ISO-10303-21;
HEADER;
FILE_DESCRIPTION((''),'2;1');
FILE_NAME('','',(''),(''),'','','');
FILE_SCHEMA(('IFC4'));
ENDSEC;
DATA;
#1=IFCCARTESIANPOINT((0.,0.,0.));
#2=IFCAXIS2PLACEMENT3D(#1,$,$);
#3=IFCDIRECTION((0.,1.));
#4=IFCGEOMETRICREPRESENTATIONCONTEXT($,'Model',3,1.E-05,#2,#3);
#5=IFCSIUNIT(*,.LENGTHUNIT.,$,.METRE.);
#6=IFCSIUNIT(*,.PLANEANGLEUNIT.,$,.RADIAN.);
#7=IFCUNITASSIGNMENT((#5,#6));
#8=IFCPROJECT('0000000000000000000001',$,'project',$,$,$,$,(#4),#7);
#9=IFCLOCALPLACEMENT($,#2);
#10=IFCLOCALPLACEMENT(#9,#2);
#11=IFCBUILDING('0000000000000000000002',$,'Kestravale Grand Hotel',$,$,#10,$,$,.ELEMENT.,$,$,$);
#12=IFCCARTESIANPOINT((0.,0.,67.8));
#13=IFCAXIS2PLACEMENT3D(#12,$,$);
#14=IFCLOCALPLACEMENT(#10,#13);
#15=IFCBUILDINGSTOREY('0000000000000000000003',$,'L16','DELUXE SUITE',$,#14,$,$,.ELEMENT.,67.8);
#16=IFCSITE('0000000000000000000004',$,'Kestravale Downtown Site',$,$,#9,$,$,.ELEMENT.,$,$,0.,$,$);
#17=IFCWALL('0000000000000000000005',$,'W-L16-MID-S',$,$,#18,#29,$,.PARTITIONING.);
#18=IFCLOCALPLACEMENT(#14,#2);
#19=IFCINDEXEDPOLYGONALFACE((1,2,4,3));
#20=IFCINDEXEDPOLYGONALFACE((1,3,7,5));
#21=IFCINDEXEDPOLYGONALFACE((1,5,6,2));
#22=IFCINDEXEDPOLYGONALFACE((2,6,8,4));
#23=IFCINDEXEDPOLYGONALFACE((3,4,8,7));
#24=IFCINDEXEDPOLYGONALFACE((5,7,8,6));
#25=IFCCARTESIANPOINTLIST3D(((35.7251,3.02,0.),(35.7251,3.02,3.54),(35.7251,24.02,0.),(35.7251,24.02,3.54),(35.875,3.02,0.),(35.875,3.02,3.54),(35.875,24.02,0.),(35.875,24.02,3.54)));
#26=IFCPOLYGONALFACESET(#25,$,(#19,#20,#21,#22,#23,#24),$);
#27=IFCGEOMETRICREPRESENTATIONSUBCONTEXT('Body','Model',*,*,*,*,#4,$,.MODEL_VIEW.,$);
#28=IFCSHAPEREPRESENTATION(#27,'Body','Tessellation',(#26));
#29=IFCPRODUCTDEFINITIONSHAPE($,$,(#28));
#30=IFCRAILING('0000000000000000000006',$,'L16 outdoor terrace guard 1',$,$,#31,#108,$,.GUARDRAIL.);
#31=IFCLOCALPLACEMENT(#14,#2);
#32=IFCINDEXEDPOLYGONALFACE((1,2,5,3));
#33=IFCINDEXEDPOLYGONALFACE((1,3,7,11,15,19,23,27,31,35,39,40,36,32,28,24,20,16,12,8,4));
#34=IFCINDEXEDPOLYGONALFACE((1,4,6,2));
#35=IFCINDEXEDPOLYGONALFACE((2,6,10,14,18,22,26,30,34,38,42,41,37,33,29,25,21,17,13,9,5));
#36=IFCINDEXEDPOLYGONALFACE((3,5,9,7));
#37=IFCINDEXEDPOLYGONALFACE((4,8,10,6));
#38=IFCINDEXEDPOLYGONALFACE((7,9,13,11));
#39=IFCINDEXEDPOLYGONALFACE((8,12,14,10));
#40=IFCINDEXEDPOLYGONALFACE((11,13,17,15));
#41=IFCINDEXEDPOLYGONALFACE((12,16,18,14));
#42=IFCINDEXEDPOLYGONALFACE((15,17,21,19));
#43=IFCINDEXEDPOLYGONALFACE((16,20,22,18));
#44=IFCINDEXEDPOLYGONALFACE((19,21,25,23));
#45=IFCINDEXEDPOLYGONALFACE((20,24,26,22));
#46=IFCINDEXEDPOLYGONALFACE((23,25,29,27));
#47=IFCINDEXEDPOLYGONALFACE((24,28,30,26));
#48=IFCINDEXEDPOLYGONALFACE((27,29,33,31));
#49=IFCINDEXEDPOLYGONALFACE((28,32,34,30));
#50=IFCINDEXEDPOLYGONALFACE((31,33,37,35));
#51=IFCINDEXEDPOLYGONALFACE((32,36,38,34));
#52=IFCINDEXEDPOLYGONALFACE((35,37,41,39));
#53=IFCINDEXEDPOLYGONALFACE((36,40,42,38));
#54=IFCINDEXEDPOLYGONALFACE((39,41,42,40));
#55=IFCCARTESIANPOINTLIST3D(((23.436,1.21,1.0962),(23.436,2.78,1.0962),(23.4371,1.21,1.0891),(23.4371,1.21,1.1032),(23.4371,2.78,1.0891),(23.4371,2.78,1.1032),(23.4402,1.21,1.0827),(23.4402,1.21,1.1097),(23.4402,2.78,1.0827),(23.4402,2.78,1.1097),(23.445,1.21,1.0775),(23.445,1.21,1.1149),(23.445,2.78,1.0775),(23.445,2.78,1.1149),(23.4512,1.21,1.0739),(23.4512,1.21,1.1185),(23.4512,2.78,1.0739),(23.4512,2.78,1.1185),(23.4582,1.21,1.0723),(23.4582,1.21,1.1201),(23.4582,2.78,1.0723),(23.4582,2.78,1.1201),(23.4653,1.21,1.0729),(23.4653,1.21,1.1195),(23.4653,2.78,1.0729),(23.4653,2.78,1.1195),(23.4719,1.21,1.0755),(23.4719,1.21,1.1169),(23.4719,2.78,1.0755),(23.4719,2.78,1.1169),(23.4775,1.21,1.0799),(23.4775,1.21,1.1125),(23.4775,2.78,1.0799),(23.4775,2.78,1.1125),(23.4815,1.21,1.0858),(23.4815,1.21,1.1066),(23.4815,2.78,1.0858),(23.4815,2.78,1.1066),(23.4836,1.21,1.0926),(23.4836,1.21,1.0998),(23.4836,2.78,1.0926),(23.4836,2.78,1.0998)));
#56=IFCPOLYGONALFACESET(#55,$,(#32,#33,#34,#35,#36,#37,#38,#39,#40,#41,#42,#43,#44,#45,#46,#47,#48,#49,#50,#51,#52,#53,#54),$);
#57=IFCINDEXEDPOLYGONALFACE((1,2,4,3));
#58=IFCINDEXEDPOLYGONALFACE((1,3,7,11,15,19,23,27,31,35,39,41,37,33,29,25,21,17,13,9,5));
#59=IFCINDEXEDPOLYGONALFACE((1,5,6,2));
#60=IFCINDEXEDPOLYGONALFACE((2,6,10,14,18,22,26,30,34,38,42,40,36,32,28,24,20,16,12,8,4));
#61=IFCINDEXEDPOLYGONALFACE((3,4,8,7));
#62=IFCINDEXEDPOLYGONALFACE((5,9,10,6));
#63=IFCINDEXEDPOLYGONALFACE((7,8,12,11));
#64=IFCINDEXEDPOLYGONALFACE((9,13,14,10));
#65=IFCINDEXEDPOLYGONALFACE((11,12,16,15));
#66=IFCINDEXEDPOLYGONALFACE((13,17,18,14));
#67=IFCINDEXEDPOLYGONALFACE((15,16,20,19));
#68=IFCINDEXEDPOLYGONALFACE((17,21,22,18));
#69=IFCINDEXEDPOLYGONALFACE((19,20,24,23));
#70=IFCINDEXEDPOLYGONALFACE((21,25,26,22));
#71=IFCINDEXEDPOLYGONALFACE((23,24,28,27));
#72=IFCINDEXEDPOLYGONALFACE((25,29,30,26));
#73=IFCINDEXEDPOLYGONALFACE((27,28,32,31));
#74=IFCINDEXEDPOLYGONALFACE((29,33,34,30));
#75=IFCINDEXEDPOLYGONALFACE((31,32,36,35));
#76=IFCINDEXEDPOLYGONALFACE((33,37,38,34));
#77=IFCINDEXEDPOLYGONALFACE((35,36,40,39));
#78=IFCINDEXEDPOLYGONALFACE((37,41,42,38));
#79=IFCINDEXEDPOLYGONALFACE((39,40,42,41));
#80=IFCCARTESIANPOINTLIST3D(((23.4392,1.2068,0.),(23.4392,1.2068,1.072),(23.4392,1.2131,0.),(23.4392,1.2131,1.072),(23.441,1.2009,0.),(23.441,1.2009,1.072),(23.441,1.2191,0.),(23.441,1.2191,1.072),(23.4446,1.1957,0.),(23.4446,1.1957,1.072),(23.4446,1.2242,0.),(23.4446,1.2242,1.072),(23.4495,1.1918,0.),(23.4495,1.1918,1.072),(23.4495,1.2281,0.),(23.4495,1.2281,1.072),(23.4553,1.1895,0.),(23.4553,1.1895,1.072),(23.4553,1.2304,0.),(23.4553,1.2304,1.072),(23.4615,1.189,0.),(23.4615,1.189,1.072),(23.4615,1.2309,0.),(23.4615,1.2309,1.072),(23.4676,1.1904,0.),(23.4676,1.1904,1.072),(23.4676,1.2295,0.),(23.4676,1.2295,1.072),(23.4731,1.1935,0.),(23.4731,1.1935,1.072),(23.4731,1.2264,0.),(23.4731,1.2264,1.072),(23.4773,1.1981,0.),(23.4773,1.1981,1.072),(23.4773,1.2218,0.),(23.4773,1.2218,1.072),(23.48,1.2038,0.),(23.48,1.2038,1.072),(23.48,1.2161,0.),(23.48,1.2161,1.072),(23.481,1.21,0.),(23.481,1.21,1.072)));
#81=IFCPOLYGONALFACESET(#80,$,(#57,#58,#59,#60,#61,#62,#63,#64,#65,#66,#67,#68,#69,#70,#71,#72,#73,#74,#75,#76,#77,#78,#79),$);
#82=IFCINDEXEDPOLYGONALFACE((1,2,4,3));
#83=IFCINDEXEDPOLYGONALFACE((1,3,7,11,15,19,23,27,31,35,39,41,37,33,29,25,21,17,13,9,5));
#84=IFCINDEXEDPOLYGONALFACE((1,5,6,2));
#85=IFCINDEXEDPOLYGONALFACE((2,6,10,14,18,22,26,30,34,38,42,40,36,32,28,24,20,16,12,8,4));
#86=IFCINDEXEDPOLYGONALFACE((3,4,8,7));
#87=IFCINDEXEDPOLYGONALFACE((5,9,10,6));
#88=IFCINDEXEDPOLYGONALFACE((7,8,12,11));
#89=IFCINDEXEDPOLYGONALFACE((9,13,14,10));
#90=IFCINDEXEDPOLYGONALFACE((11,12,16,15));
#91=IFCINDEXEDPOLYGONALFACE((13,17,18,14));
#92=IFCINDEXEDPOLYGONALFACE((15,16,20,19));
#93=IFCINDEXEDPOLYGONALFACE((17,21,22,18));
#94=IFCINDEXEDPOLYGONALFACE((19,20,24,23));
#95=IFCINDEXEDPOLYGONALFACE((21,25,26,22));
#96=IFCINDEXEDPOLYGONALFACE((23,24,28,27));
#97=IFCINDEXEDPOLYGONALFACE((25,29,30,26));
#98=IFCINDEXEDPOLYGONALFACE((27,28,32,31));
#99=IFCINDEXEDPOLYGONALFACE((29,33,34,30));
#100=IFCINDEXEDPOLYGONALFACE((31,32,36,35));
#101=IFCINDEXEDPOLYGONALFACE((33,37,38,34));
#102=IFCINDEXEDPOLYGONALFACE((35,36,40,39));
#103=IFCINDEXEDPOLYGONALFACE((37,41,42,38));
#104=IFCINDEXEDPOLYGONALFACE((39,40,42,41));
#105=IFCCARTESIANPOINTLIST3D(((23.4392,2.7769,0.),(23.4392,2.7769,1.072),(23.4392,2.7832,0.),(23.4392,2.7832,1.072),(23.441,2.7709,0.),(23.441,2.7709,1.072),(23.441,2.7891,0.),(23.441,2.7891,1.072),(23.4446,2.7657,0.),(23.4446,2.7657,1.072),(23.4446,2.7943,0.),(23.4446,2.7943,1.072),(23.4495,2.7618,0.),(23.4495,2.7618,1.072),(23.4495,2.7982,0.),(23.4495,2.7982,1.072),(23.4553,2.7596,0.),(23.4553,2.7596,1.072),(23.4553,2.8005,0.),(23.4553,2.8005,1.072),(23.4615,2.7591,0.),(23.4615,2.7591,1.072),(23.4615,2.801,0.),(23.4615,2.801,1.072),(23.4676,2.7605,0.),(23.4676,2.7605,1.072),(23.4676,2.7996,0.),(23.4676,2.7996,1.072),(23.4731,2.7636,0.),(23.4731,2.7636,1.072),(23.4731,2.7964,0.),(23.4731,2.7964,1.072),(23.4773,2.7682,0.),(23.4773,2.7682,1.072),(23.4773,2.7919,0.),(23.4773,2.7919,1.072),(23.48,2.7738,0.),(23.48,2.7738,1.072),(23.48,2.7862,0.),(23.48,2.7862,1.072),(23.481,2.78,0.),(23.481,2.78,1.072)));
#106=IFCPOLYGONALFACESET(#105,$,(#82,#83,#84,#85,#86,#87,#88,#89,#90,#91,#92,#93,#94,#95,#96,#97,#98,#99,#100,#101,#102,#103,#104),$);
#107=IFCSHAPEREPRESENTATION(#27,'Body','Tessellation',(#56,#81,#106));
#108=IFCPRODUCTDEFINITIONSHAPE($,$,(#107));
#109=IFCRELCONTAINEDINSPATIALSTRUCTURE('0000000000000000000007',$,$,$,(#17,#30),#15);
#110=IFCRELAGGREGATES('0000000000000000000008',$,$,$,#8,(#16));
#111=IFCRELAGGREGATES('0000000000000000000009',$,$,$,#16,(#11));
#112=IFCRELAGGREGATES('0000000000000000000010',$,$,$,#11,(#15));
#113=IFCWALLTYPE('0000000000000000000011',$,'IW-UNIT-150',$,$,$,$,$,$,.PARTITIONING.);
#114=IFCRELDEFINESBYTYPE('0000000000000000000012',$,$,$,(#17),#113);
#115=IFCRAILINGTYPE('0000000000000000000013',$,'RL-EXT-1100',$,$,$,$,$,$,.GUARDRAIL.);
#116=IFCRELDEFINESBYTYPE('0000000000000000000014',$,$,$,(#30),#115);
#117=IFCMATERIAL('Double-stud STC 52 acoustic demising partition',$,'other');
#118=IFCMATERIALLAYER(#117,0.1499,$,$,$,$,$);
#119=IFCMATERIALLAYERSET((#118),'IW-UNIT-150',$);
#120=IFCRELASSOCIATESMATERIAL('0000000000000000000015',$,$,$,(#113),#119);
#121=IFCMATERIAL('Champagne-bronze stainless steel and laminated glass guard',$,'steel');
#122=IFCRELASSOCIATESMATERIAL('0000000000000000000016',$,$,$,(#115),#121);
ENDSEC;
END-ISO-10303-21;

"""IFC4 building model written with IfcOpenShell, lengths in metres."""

from ifc_helpers import new_model, si_unit, direction, frame, frame_2d, origin, origin_2d, place, context, subcontext, project, spatial, rectangle, circle, extrude, material, layer, layer_set, type_object, element, save


model = new_model("IFC4")

# Units and contexts
model_context = context("Model", 3, precision=1e-05, world=origin(), true_north=direction((0.0, 1.0)))
body_context = subcontext(model_context, "Body", "Model", "MODEL_VIEW")
ifc_project = project(units=[si_unit("LENGTHUNIT", "METRE"), si_unit("PLANEANGLEUNIT", "RADIAN")], contexts=[model_context])

# Site, building, storey
site_placement = place(None, origin())
site = spatial("IfcSite", under=ifc_project, at=site_placement, Name="Kestravale Downtown Site", CompositionType="ELEMENT", RefElevation=0.0)
building_placement = place(site_placement, origin())
building = spatial("IfcBuilding", under=site, at=building_placement, Name="Kestravale Grand Hotel", CompositionType="ELEMENT")
storey_placement = place(building_placement, frame((0.0, 0.0, 67.8)))
storey = spatial("IfcBuildingStorey", under=building, at=storey_placement, Name="L16", Description="DELUXE SUITE", CompositionType="ELEMENT", Elevation=67.8)

# Wall
ifc_material_1 = material(Name="Double-stud STC 52 acoustic demising partition", Category="other")
ifc_layer = layer(ifc_material_1, 0.1499)
ifc_layer_set = layer_set([ifc_layer], Name="IW-UNIT-150")
wall_type = type_object("IfcWallType", Name="IW-UNIT-150", PredefinedType="PARTITIONING", material=ifc_layer_set)
wall_1_placement = place(storey_placement, frame((35.8, 3.02, 0.0), z_axis=(0.0, 0.0, 1.0), x_axis=(0.0, 1.0, 0.0)))
element("IfcWall", 1, at=wall_1_placement, inside=storey, type_object=wall_type, Name="W-L16-MID-S", PredefinedType="PARTITIONING", context=body_context, shape_type="SweptSolid", body=[
    extrude(rectangle(XDim=21.0, YDim=0.1499, at=frame_2d((10.5, 0.0))), origin(), (0.0, 0.0, 1.0), 3.54),
])

# Railing
ifc_material_2 = material(Name="Champagne-bronze stainless steel and laminated glass guard", Category="steel")
railing_type = type_object("IfcRailingType", Name="RL-EXT-1100", PredefinedType="GUARDRAIL", material=ifc_material_2)
railing_1_placement = place(storey_placement, frame((23.46, 1.21, 0.0)))
element("IfcRailing", 2, at=railing_1_placement, inside=storey, type_object=railing_type, Name="L16 outdoor terrace guard 1", PredefinedType="GUARDRAIL", context=body_context, shape_type="SweptSolid", body=[
    extrude(circle(Radius=0.0239, at=origin_2d()), frame((0.0, 0.0, 1.0962), z_axis=(0.0, 1.0, 0.0), x_axis=(-1.0, 0.0, 0.0)), (0.0, 0.0, 1.0), 1.5701),
    extrude(circle(Radius=0.021, at=origin_2d()), origin(), (0.0, 0.0, 1.0), 1.072),
    extrude(circle(Radius=0.021, at=origin_2d()), frame((0.0, 1.5701, 0.0)), (0.0, 0.0, 1.0), 1.072),
])

save(model, "model.ifc")
